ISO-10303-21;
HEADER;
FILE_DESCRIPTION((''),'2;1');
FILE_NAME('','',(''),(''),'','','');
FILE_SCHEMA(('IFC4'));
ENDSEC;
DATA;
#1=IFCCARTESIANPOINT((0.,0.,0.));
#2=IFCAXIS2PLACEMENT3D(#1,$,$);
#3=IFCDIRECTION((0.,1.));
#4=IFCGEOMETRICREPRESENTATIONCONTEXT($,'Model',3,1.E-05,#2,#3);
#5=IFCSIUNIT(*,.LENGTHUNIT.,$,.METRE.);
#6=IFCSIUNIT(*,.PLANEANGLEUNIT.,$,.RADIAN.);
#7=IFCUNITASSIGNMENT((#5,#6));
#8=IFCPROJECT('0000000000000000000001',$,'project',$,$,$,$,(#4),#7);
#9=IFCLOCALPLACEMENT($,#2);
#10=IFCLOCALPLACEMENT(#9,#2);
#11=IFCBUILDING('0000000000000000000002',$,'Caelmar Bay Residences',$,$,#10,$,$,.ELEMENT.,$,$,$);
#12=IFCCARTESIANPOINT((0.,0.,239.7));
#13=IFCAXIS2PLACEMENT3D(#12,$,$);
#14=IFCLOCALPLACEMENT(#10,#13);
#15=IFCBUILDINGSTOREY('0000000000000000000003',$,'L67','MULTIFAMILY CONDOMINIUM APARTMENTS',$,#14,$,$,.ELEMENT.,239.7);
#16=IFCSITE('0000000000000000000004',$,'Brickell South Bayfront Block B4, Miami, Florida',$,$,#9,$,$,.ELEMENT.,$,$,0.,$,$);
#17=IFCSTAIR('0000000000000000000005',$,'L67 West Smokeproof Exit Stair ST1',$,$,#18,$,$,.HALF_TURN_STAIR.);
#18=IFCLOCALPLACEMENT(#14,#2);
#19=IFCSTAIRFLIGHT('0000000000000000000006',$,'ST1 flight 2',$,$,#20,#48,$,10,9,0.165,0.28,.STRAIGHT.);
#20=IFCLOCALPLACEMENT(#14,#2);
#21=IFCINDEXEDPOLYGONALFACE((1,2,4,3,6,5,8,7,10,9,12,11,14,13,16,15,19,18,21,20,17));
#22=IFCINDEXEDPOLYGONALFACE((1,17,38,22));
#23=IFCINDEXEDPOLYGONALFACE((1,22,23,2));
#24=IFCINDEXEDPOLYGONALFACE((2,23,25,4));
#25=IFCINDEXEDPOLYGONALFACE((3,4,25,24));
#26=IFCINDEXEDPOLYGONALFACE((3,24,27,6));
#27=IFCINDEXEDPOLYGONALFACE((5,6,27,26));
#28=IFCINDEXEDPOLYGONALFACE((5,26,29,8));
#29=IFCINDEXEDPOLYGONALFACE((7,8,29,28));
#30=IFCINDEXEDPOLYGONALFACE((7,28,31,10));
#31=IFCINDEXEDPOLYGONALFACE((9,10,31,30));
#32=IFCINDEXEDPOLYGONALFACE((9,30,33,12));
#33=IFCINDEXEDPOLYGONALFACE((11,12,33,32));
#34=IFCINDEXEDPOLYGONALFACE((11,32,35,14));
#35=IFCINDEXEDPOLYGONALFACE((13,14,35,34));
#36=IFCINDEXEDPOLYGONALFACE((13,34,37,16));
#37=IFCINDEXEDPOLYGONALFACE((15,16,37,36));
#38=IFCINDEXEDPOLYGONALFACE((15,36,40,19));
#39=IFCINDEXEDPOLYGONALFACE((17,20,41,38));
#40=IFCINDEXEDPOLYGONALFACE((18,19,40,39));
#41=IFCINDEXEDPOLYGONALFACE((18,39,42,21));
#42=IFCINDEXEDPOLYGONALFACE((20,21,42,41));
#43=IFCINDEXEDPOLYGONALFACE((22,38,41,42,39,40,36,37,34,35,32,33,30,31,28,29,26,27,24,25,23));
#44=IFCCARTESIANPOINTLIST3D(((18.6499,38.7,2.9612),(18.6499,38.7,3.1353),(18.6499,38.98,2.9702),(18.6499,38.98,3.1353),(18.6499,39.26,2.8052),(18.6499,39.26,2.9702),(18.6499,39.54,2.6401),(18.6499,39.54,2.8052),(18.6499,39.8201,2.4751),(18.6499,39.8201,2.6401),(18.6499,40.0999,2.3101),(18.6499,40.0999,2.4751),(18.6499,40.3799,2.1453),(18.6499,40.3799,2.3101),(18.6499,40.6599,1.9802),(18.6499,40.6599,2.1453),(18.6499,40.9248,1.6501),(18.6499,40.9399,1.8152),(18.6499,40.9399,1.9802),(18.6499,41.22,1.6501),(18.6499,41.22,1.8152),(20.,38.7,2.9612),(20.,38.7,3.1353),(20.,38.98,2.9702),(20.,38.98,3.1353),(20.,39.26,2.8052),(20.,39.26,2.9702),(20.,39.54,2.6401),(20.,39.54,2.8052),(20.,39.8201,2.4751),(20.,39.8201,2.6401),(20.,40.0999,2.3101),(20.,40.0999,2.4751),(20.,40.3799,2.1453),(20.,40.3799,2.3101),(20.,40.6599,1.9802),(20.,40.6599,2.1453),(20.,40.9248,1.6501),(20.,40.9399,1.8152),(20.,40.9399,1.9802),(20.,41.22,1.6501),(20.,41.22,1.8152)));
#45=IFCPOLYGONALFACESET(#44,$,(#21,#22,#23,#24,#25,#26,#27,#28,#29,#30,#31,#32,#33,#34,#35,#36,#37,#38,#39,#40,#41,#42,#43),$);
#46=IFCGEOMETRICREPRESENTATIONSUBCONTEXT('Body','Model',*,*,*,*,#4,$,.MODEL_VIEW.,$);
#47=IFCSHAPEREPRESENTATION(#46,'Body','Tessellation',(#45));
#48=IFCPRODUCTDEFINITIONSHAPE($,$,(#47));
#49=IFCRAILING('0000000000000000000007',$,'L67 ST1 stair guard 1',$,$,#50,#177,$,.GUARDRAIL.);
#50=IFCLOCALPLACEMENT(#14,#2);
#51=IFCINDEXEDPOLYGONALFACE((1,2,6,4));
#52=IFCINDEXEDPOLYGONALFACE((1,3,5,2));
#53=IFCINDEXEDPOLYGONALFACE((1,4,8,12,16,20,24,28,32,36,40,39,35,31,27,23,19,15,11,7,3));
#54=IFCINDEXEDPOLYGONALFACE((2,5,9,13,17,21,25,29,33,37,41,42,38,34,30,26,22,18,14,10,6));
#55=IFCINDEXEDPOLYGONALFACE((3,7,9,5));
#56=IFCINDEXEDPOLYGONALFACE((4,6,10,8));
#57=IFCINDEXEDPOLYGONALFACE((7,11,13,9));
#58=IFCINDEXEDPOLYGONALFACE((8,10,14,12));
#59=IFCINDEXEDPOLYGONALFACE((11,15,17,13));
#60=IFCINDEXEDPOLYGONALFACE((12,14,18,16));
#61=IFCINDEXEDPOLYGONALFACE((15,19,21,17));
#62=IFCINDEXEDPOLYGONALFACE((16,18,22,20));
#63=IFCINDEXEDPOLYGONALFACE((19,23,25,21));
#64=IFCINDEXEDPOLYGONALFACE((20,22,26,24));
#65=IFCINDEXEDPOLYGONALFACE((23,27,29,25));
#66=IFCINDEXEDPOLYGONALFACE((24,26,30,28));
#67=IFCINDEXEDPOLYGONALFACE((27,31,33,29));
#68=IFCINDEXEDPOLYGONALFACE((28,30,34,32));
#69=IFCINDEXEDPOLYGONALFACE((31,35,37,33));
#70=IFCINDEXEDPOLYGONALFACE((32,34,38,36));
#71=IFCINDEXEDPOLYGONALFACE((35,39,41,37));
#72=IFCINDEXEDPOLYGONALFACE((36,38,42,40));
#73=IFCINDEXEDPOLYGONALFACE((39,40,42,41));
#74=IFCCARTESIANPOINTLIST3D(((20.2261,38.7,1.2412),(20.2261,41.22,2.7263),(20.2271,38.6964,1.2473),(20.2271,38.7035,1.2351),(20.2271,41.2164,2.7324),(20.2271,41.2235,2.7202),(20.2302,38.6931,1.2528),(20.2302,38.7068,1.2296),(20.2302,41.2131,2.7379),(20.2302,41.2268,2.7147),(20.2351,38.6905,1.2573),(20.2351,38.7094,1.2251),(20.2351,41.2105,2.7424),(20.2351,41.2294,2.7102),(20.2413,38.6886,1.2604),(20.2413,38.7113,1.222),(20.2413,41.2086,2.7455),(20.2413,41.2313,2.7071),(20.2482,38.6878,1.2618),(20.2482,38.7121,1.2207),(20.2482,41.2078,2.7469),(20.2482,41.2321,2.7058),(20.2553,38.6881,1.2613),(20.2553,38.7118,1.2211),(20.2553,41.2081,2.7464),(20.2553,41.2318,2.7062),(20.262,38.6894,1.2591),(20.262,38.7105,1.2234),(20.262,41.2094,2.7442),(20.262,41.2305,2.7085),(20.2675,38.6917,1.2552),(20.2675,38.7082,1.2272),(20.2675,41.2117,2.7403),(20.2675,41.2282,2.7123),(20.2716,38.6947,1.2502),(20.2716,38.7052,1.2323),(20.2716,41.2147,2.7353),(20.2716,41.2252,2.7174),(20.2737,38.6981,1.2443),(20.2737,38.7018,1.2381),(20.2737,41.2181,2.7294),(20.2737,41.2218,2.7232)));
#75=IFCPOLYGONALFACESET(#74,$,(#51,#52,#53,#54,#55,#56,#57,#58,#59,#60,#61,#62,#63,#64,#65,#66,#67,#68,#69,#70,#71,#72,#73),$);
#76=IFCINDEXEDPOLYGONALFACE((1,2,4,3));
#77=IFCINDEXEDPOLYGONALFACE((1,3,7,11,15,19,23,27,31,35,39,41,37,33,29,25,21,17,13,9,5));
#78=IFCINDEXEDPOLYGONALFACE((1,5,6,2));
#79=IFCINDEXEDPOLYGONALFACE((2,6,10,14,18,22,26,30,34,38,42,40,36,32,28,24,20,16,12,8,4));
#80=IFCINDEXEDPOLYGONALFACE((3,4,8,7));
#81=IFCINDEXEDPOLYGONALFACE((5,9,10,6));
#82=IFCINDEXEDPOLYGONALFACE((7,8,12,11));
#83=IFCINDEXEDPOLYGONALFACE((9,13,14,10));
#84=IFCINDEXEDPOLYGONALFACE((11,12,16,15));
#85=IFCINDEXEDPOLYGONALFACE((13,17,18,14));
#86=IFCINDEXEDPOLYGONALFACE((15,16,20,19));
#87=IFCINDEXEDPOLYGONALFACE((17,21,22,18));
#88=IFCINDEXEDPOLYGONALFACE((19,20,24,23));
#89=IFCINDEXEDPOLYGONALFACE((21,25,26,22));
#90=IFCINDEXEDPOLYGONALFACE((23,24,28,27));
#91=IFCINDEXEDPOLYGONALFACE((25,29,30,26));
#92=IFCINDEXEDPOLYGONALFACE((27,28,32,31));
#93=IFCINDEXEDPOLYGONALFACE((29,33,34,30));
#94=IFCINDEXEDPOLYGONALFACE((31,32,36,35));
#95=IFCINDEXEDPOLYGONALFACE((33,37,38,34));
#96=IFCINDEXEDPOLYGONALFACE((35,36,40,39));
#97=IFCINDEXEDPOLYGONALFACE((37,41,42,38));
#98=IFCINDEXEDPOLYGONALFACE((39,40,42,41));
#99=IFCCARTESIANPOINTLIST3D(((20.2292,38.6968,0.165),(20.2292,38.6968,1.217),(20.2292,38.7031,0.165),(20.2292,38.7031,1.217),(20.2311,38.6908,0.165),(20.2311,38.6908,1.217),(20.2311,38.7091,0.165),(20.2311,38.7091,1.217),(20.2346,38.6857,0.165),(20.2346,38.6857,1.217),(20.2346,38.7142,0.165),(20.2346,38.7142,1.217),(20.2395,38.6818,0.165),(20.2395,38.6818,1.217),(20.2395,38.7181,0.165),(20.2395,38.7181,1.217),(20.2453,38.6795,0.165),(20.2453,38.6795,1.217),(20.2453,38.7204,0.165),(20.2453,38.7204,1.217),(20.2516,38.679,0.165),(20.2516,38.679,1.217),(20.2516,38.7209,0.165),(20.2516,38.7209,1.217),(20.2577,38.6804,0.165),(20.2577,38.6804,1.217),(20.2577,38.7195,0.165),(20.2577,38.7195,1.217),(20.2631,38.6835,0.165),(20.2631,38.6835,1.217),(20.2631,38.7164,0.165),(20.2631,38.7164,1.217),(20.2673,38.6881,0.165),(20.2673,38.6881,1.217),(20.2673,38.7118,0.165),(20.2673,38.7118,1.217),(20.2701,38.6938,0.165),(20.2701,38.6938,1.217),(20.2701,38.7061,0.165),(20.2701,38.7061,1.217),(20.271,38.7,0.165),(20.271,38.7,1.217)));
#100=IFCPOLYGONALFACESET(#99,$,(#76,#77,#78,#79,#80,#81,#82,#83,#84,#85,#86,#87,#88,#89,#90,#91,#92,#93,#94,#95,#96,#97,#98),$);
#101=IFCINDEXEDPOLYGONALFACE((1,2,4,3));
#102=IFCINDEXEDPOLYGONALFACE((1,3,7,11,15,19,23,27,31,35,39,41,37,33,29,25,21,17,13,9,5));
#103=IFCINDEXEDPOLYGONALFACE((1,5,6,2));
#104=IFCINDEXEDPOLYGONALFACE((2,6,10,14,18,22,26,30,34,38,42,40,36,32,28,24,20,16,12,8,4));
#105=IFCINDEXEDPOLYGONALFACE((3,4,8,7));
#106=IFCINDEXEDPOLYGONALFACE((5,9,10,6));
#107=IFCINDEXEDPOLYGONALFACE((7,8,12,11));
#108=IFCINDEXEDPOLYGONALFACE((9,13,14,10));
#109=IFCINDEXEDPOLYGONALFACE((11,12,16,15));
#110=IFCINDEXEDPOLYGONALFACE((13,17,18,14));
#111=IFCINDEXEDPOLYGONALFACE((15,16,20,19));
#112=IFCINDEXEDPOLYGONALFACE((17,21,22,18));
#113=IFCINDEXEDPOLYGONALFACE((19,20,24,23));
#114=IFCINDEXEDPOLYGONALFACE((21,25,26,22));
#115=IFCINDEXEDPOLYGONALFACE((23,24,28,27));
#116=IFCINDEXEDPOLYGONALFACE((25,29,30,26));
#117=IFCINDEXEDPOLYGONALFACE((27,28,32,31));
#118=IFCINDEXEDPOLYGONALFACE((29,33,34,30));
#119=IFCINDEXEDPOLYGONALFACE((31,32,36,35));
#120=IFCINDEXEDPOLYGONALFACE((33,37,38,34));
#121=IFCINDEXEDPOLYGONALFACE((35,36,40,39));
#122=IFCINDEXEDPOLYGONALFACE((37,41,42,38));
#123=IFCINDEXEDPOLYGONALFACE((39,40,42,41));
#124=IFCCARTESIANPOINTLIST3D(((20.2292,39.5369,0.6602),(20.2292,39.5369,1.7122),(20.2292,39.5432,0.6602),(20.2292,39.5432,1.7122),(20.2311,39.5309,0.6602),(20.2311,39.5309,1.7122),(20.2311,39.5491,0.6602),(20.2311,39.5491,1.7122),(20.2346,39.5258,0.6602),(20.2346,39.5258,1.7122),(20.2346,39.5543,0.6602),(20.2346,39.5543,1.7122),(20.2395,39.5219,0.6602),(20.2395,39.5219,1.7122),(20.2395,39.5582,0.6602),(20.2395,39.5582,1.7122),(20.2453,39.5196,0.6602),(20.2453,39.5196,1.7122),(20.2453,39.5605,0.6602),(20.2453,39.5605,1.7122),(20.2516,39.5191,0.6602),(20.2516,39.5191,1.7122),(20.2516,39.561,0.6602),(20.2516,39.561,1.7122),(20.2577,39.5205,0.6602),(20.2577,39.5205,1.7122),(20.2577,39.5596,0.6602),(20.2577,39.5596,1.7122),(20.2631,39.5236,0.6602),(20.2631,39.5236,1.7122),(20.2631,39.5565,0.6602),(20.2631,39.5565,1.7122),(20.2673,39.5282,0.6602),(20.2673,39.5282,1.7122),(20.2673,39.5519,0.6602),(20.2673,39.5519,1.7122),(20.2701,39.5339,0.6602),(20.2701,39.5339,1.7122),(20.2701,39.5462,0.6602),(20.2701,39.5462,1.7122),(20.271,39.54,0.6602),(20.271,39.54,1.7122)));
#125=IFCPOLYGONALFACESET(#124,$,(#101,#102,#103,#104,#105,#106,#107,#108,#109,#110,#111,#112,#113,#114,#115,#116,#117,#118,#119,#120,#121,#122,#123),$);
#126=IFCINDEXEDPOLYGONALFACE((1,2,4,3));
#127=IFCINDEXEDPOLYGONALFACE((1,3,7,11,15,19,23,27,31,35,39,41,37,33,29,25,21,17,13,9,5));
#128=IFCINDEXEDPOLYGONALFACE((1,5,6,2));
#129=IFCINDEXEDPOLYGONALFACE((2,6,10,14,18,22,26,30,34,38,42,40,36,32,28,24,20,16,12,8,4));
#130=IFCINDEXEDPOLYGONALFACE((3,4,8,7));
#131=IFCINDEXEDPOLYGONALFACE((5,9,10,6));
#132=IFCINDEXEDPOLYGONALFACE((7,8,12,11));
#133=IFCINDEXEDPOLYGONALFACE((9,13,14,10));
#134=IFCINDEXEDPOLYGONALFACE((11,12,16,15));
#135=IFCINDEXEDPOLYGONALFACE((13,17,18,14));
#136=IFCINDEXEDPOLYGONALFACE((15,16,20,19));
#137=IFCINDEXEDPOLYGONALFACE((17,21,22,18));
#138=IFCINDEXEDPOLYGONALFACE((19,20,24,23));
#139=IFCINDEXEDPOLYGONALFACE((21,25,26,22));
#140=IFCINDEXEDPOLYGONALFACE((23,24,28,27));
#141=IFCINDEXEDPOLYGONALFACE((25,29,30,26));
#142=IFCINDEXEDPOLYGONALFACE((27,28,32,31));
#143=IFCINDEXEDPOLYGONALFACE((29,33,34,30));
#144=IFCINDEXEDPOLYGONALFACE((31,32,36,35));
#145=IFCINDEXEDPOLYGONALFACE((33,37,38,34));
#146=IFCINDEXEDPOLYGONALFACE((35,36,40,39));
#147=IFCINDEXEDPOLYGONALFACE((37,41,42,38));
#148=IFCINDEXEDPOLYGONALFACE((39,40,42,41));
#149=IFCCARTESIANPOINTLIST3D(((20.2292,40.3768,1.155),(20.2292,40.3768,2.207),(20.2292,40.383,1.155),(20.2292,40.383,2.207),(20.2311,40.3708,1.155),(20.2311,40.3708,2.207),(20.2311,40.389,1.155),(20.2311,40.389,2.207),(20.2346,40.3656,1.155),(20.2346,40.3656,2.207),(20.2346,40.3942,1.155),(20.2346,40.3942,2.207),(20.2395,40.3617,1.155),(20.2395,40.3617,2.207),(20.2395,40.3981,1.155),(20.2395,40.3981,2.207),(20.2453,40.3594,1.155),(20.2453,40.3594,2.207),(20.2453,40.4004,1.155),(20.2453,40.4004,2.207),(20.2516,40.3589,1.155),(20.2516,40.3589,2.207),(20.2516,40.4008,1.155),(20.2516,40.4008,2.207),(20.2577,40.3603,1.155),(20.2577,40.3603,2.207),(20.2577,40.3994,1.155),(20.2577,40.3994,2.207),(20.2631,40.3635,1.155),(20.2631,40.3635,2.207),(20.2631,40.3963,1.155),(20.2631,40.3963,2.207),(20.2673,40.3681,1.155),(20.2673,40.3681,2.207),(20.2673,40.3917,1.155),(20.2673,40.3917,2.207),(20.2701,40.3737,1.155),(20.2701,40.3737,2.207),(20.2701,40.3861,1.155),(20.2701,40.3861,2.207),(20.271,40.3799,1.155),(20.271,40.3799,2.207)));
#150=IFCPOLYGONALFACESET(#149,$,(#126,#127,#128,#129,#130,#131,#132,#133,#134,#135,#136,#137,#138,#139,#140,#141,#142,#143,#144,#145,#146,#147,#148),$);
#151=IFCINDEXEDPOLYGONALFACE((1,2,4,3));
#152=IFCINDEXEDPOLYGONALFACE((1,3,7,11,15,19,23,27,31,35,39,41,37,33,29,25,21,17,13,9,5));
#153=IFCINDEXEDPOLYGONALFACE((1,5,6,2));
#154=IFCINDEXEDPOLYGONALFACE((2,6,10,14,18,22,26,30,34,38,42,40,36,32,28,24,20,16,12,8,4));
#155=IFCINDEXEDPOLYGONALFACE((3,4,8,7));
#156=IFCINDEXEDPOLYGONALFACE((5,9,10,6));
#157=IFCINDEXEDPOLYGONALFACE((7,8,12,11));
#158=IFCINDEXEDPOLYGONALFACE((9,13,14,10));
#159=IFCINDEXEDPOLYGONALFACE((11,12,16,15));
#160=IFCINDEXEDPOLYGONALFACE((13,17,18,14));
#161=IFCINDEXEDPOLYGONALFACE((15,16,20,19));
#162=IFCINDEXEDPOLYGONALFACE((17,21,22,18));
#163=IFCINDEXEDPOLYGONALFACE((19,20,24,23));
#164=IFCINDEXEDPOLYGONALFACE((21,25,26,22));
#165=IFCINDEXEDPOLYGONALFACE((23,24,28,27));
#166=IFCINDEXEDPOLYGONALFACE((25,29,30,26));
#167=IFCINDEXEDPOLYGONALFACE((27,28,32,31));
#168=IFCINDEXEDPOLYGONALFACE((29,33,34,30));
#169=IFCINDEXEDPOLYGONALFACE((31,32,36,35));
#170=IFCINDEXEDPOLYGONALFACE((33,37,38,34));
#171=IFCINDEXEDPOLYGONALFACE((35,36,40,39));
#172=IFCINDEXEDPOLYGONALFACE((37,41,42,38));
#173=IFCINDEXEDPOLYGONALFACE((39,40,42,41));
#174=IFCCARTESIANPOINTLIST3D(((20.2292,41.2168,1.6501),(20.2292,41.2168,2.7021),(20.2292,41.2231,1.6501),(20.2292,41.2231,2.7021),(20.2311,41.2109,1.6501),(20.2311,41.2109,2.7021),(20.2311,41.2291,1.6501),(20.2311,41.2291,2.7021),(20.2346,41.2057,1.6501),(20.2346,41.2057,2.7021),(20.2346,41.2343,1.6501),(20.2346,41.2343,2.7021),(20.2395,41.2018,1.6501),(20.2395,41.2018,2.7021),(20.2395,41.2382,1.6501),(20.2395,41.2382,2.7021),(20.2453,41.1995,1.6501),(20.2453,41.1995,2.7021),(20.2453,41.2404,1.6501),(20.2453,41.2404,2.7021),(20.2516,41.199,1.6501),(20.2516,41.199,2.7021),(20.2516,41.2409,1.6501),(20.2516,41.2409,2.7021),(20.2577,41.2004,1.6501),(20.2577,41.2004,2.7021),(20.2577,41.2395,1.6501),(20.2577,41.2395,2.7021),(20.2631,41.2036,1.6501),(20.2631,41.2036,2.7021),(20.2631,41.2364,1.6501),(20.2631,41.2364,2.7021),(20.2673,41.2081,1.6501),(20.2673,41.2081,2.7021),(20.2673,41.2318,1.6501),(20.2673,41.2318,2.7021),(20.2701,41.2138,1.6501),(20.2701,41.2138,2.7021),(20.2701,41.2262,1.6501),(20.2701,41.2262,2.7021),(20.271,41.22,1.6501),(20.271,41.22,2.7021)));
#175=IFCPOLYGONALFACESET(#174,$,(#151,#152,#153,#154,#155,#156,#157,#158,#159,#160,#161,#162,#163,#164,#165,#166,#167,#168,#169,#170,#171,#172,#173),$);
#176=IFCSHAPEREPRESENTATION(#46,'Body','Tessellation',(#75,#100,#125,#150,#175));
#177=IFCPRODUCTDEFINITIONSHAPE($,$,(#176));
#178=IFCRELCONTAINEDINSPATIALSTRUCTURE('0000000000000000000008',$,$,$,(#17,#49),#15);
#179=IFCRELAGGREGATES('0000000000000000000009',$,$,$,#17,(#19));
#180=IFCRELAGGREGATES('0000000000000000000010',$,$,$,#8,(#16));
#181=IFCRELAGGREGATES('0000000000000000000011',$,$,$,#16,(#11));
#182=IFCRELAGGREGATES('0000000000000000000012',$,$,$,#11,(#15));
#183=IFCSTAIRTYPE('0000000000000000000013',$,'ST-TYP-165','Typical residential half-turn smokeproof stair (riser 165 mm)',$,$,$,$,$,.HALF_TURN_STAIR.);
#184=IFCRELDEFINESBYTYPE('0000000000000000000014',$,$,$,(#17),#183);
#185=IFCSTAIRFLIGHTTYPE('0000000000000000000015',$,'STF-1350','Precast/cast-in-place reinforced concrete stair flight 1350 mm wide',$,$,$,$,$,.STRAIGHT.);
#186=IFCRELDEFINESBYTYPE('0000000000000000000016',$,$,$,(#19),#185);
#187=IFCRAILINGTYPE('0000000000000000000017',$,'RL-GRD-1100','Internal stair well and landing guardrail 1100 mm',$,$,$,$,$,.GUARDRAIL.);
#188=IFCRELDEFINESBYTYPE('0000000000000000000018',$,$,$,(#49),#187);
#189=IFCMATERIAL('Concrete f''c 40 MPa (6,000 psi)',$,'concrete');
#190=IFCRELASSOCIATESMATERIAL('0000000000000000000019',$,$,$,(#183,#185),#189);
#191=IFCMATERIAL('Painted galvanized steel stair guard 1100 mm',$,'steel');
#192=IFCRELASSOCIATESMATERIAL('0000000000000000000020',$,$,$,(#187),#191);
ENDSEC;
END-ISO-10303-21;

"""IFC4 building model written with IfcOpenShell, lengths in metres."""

from ifc_helpers import new_model, si_unit, direction, frame, origin, origin_2d, place, context, subcontext, project, spatial, polyline, circle, outline, extrude, material, type_object, element, aggregate, save


model = new_model("IFC4")

# Units and contexts
model_context = context("Model", 3, precision=1e-05, world=origin(), true_north=direction((0.0, 1.0)))
body_context = subcontext(model_context, "Body", "Model", "MODEL_VIEW")
ifc_project = project(units=[si_unit("LENGTHUNIT", "METRE"), si_unit("PLANEANGLEUNIT", "RADIAN")], contexts=[model_context])

# Site, building, storey
site_placement = place(None, origin())
site = spatial("IfcSite", under=ifc_project, at=site_placement, Name="Brickell South Bayfront Block B4, Miami, Florida", CompositionType="ELEMENT", RefElevation=0.0)
building_placement = place(site_placement, origin())
building = spatial("IfcBuilding", under=site, at=building_placement, Name="Caelmar Bay Residences", CompositionType="ELEMENT")
storey_placement = place(building_placement, frame((0.0, 0.0, 239.7)))
storey = spatial("IfcBuildingStorey", under=building, at=storey_placement, Name="L67", Description="MULTIFAMILY CONDOMINIUM APARTMENTS", CompositionType="ELEMENT", Elevation=239.7)

# Stair, stair flight
ifc_material_1 = material(Name="Concrete f'c 40 MPa (6,000 psi)", Category="concrete")
stair_type = type_object("IfcStairType", Name="ST-TYP-165", Description="Typical residential half-turn smokeproof stair (riser 165 mm)", PredefinedType="HALF_TURN_STAIR", material=ifc_material_1)
stair_placement = place(storey_placement, origin())
stair = element("IfcStair", 1, at=stair_placement, inside=storey, type_object=stair_type, Name="L67 West Smokeproof Exit Stair ST1", PredefinedType="HALF_TURN_STAIR")
stair_flight_type = type_object("IfcStairFlightType", Name="STF-1350", Description="Precast/cast-in-place reinforced concrete stair flight 1350 mm wide", PredefinedType="STRAIGHT", material=ifc_material_1)
stair_flight_1_placement = place(storey_placement, frame((19.325, 41.22, 1.6501), z_axis=(0.0, 0.0, 1.0), x_axis=(0.0, -1.0, 0.0)))
stair_flight_1 = element("IfcStairFlight", 2, at=stair_flight_1_placement, type_object=stair_flight_type, Name="ST1 flight 2", NumberOfRisers=10, NumberOfTreads=9, PredefinedType="STRAIGHT", RiserHeight=0.165, TreadLength=0.28, context=body_context, shape_type="SweptSolid", body=[
    extrude(outline(polyline([(0.0, 0.0), (0.0, 0.165), (0.28, 0.165), (0.28, 0.3301), (0.5601, 0.3301), (0.5601, 0.4951), (0.8401, 0.4951), (0.8401, 0.6599), (1.1201, 0.6599), (1.1201, 0.825), (1.3999, 0.825), (1.3999, 0.99), (1.6799, 0.99), (1.6799, 1.155), (1.96, 1.155), (1.96, 1.3201), (2.24, 1.3201), (2.24, 1.4851), (2.52, 1.4851), (2.52, 1.6499), (2.52, 1.311), (0.2952, 0.0), (0.0, 0.0)])), frame((0.0, 0.675, 0.0), z_axis=(0.0, -1.0, 0.0), x_axis=(1.0, 0.0, 0.0)), (0.0, 0.0, 1.0), 1.3501),
])
aggregate(stair, [stair_flight_1])

# Railing
ifc_material_2 = material(Name="Painted galvanized steel stair guard 1100 mm", Category="steel")
railing_type_1 = type_object("IfcRailingType", Name="RL-GRD-1100", Description="Internal stair well and landing guardrail 1100 mm", PredefinedType="GUARDRAIL", material=ifc_material_2)
railing_1_placement = place(storey_placement, frame((20.25, 38.7, 0.165)))
element("IfcRailing", 3, at=railing_1_placement, inside=storey, type_object=railing_type_1, Name="L67 ST1 stair guard 1", PredefinedType="GUARDRAIL", context=body_context, shape_type="SweptSolid", body=[
    extrude(circle(Radius=0.0239, at=origin_2d()), frame((0.0, 0.0, 1.0762), z_axis=(0.0, 0.861524, 0.507717), x_axis=(-1.0, 0.0, 0.0)), (0.0, 0.0, 1.0), 2.925),
    extrude(circle(Radius=0.021, at=origin_2d()), origin(), (0.0, 0.0, 1.0), 1.052),
    extrude(circle(Radius=0.021, at=origin_2d()), frame((0.0, 0.8401, 0.4951)), (0.0, 0.0, 1.0), 1.052),
    extrude(circle(Radius=0.021, at=origin_2d()), frame((0.0, 1.6799, 0.99)), (0.0, 0.0, 1.0), 1.052),
    extrude(circle(Radius=0.021, at=origin_2d()), frame((0.0, 2.52, 1.4851)), (0.0, 0.0, 1.0), 1.052),
])

save(model, "model.ifc")
